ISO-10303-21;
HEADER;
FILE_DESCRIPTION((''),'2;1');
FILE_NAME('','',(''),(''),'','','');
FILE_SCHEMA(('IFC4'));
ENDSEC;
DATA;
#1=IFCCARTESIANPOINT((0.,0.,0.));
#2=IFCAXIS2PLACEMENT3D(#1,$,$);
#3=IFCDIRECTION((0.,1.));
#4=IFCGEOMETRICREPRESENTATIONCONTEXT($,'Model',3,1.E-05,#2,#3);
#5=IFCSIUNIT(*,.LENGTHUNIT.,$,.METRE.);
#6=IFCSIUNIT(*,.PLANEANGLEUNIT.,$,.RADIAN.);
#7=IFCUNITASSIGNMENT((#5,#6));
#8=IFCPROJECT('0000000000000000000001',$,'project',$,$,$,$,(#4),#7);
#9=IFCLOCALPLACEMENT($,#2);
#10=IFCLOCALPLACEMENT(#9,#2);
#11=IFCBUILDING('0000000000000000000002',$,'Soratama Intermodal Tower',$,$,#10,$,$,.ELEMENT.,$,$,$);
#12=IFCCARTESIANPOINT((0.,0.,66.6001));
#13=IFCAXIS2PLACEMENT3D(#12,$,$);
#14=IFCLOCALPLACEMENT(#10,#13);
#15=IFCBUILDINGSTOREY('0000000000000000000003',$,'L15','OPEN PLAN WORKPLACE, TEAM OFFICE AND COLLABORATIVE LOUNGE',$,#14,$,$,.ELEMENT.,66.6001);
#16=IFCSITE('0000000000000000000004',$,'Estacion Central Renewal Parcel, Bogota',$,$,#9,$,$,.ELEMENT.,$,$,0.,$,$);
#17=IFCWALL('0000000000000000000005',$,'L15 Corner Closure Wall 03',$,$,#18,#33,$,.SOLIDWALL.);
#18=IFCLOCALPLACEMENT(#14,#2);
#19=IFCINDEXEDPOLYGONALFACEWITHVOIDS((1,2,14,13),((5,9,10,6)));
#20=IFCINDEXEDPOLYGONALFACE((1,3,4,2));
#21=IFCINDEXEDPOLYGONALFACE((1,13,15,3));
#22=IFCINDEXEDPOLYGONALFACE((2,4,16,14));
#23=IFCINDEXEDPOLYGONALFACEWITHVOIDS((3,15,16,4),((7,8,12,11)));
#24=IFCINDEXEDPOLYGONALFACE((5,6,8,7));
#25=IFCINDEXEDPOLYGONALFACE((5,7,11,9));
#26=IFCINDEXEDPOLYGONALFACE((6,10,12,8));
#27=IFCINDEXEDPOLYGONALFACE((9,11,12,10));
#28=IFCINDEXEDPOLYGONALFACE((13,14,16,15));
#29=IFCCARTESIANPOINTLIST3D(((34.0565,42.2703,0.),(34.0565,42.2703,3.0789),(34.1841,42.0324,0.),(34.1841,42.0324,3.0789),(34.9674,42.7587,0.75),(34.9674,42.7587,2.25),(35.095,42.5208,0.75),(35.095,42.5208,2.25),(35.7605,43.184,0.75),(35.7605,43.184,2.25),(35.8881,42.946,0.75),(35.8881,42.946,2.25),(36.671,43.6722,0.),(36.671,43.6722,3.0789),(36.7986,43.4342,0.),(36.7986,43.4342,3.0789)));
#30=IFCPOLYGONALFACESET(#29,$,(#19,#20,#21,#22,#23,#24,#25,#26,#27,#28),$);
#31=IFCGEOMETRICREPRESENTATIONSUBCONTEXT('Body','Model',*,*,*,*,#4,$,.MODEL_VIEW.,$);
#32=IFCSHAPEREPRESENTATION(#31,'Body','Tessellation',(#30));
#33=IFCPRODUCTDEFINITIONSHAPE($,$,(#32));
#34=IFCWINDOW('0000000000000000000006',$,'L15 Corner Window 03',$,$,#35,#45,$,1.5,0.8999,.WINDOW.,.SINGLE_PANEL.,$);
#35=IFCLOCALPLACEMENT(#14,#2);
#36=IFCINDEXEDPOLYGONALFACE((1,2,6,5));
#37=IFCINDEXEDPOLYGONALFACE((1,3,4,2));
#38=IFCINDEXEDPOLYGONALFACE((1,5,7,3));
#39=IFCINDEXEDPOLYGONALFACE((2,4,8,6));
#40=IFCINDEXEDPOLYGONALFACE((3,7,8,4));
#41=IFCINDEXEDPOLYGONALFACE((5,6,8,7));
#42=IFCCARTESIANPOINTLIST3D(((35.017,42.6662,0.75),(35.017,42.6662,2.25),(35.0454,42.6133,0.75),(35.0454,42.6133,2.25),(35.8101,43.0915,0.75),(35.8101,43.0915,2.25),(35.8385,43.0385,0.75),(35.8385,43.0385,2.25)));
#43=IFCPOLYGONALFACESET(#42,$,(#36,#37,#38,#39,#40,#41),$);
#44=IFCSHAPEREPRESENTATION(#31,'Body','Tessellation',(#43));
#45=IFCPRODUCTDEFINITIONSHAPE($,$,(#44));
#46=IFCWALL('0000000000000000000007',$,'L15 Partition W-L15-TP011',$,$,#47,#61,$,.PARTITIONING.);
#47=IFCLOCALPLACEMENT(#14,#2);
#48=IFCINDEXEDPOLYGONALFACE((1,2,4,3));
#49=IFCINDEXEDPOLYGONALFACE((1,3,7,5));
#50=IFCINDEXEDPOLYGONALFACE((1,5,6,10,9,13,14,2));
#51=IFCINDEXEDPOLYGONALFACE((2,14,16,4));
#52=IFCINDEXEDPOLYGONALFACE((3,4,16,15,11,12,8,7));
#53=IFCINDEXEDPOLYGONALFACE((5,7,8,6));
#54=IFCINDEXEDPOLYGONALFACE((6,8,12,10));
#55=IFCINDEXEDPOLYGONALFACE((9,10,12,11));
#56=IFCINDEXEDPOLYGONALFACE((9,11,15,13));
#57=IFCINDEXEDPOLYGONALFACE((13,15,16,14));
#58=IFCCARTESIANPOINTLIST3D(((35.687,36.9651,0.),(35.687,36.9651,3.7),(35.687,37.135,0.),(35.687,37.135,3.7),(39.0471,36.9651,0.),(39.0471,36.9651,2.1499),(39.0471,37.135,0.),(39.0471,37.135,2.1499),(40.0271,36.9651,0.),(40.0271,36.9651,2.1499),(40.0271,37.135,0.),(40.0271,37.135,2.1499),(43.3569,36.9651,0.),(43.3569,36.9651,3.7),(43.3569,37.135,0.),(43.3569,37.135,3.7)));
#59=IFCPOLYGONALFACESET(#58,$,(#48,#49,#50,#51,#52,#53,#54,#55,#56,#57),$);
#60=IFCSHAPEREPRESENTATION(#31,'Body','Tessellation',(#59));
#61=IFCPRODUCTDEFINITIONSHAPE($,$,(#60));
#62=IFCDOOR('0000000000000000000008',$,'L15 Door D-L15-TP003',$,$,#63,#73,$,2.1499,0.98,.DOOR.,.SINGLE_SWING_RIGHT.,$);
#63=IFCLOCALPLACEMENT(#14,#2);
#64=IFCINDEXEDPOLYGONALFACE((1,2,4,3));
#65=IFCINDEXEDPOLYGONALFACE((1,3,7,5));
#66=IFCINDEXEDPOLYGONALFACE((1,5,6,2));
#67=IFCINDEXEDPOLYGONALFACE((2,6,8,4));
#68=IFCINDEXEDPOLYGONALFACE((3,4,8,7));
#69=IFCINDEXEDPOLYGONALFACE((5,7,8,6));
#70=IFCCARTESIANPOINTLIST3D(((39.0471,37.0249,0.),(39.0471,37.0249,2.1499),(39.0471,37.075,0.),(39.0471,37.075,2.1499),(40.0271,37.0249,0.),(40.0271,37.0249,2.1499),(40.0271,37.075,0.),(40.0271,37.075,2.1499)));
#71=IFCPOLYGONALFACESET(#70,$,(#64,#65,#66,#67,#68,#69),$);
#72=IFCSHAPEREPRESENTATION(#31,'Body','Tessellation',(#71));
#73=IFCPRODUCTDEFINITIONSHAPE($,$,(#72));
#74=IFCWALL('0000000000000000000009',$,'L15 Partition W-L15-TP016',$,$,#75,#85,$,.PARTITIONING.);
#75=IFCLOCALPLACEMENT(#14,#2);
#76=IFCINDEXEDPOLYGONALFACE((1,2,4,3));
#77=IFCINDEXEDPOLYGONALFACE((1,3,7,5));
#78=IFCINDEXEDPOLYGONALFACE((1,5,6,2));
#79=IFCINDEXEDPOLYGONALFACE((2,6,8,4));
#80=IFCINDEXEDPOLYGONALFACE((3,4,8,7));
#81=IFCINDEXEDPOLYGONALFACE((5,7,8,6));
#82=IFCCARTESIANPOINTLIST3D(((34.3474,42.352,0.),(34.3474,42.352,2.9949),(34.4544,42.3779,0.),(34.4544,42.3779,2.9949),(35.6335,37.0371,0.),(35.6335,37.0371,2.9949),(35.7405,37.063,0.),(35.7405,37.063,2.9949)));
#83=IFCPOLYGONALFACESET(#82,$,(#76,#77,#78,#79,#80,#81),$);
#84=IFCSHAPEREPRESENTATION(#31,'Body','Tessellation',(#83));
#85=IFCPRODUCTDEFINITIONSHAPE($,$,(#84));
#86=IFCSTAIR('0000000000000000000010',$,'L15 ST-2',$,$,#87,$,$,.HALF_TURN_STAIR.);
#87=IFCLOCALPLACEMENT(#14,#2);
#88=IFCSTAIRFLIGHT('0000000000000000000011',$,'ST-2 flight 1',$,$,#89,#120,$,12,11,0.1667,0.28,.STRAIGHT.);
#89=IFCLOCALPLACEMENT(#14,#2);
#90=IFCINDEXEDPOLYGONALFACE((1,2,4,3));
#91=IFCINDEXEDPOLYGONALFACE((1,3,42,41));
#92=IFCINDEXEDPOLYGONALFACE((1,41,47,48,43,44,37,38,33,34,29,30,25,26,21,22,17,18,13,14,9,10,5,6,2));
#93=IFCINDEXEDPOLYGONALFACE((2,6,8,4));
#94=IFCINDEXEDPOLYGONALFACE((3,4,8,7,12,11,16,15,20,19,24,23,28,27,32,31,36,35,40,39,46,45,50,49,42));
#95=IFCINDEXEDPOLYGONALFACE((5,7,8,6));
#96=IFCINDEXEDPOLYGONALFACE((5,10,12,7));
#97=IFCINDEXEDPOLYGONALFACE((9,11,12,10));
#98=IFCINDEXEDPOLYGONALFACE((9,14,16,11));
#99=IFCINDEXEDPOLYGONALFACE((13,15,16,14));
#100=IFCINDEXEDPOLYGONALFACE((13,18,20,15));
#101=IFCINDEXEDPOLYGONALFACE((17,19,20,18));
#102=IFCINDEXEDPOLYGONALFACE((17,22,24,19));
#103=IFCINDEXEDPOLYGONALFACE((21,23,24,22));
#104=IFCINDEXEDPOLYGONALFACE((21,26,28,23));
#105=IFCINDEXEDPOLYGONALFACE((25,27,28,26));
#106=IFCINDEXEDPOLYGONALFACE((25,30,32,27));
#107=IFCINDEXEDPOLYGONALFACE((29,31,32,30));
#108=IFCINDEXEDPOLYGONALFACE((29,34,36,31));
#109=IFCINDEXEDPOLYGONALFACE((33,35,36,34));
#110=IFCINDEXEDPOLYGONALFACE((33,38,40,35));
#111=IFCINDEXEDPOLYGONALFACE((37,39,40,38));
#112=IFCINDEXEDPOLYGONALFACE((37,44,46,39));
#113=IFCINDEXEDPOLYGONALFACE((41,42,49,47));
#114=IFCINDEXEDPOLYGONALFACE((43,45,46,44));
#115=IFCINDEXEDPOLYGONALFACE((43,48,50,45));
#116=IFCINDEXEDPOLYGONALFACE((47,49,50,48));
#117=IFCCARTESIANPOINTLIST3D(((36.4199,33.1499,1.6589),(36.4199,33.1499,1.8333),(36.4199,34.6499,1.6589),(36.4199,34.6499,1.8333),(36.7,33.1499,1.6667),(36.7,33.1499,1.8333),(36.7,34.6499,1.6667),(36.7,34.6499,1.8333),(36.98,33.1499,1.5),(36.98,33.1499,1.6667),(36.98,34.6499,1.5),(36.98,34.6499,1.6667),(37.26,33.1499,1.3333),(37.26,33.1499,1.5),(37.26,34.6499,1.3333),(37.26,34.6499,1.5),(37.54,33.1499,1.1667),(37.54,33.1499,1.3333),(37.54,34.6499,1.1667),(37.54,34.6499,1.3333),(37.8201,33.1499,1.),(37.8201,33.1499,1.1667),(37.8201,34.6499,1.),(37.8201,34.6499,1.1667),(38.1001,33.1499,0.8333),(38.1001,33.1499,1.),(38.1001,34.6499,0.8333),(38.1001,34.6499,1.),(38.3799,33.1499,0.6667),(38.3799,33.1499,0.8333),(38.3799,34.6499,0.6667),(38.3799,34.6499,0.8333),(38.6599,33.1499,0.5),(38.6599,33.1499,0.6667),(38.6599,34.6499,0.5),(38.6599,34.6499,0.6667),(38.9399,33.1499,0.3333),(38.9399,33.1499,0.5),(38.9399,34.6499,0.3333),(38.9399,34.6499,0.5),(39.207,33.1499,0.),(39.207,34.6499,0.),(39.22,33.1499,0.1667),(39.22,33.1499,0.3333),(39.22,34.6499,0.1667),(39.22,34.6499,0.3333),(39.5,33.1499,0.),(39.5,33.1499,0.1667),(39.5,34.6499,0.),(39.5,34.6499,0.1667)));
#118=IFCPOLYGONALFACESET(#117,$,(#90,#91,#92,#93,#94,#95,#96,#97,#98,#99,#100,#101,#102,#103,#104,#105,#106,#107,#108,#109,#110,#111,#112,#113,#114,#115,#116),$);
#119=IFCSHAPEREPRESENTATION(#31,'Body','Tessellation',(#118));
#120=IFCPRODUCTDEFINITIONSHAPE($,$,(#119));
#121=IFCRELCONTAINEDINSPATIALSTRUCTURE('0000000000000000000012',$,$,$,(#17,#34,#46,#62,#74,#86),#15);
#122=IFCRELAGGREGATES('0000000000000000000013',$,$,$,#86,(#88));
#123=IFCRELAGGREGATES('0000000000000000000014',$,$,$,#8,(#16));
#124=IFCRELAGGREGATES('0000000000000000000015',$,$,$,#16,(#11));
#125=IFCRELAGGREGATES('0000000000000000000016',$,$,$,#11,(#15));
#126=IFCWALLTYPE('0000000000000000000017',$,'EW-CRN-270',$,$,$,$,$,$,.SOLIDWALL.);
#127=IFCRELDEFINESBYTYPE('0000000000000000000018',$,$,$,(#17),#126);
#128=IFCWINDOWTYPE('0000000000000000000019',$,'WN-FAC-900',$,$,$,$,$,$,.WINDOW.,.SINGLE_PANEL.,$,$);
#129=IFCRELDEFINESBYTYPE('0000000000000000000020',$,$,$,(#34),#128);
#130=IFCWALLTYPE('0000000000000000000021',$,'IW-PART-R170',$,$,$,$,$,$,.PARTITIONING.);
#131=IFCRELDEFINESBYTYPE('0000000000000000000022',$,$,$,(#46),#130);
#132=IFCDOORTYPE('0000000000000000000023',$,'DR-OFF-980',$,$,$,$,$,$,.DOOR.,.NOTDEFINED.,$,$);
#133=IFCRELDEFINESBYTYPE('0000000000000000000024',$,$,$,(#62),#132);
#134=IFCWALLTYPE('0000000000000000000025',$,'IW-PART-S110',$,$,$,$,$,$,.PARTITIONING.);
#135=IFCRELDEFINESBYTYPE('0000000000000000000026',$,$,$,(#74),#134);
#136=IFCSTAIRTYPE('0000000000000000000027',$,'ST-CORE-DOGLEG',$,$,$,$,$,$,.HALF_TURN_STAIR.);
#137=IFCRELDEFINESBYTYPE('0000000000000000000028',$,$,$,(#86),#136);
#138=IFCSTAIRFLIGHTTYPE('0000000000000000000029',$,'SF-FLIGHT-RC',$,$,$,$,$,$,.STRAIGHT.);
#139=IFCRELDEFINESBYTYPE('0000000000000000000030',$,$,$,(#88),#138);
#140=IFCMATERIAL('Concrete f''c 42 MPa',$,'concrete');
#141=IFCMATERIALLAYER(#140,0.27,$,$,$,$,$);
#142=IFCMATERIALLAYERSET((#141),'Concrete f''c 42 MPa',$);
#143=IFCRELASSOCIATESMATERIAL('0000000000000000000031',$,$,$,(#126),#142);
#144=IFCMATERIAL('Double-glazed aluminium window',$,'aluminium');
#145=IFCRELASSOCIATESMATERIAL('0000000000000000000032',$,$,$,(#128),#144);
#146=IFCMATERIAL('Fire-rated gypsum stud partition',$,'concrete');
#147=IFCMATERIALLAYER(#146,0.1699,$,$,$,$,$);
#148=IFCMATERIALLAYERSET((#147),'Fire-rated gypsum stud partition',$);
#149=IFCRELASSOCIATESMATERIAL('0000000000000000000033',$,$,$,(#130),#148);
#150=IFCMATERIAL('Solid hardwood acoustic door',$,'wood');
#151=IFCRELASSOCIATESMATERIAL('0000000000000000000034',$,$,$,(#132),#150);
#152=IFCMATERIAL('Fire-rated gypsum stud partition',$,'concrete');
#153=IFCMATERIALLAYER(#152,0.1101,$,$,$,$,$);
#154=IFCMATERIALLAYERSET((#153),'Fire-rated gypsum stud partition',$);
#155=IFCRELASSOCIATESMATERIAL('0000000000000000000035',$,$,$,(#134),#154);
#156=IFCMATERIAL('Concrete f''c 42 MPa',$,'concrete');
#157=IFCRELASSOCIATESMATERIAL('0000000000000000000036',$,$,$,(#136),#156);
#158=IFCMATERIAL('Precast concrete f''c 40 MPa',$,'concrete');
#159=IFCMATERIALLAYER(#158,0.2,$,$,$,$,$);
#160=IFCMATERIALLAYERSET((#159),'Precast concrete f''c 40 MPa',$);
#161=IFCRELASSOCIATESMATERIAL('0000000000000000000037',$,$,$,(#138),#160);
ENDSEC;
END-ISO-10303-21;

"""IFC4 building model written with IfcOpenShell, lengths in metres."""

from ifc_helpers import new_model, si_unit, direction, frame, frame_2d, origin, place, context, subcontext, project, spatial, polyline, rectangle, outline, extrude, material, layer, layer_set, type_object, element, fill, aggregate, save


model = new_model("IFC4")

# Units and contexts
model_context = context("Model", 3, precision=1e-05, world=origin(), true_north=direction((0.0, 1.0)))
body_context = subcontext(model_context, "Body", "Model", "MODEL_VIEW")
ifc_project = project(units=[si_unit("LENGTHUNIT", "METRE"), si_unit("PLANEANGLEUNIT", "RADIAN")], contexts=[model_context])

# Site, building, storey
site_placement = place(None, origin())
site = spatial("IfcSite", under=ifc_project, at=site_placement, Name="Estacion Central Renewal Parcel, Bogota", CompositionType="ELEMENT", RefElevation=0.0)
building_placement = place(site_placement, origin())
building = spatial("IfcBuilding", under=site, at=building_placement, Name="Soratama Intermodal Tower", CompositionType="ELEMENT")
storey_placement = place(building_placement, frame((0.0, 0.0, 66.6001)))
storey = spatial("IfcBuildingStorey", under=building, at=storey_placement, Name="L15", Description="OPEN PLAN WORKPLACE, TEAM OFFICE AND COLLABORATIVE LOUNGE", CompositionType="ELEMENT", Elevation=66.6001)

# Wall, opening, window
ifc_material_1 = material(Name="Concrete f'c 42 MPa", Category="concrete")
ifc_layer_1 = layer(ifc_material_1, 0.27)
ifc_layer_set_1 = layer_set([ifc_layer_1], Name="Concrete f'c 42 MPa")
wall_type_1 = type_object("IfcWallType", Name="EW-CRN-270", PredefinedType="SOLIDWALL", material=ifc_layer_set_1)
wall_1_placement = place(storey_placement, frame((36.7349, 43.5532, 0.0), z_axis=(0.0, 0.0, 1.0), x_axis=(-0.881307, -0.472543, 0.0)))
wall_1 = element("IfcWall", 1, at=wall_1_placement, inside=storey, type_object=wall_type_1, Name="L15 Corner Closure Wall 03", PredefinedType="SOLIDWALL", context=body_context, shape_type="SweptSolid", body=[
    extrude(rectangle(XDim=2.9666, YDim=0.27, at=frame_2d((1.4834, 0.0))), origin(), (0.0, 0.0, 1.0), 3.0789),
])
opening_1_placement = place(wall_1_placement, frame((1.0332, 0.0, 0.75)))
opening_1 = element("IfcOpeningElement", 2, at=opening_1_placement, cuts=wall_1, PredefinedType="OPENING", context=body_context, shape_type="SweptSolid", body=[
    extrude(rectangle(XDim=0.8999, YDim=1.5, at=frame_2d((0.45, 0.75))), frame((0.0, 0.145, 0.0), z_axis=(0.0, -1.0, 0.0), x_axis=(1.0, 0.0, 0.0)), (0.0, 0.0, 1.0), 0.29),
])
ifc_material_2 = material(Name="Double-glazed aluminium window", Category="aluminium")
window_type = type_object("IfcWindowType", Name="WN-FAC-900", PartitioningType="SINGLE_PANEL", PredefinedType="WINDOW", material=ifc_material_2)
window_placement = place(opening_1_placement, origin())
window = element("IfcWindow", 3, at=window_placement, inside=storey, type_object=window_type, Name="L15 Corner Window 03", OverallHeight=1.5, OverallWidth=0.8999, PartitioningType="SINGLE_PANEL", PredefinedType="WINDOW", context=body_context, shape_type="SweptSolid", body=[
    extrude(rectangle(XDim=0.8999, YDim=1.5, at=frame_2d((0.45, 0.75))), frame((0.0, 0.03, 0.0), z_axis=(0.0, -1.0, 0.0), x_axis=(1.0, 0.0, 0.0)), (0.0, 0.0, 1.0), 0.0601),
])
fill(opening_1, window)

# Wall, opening, door
ifc_material_3 = material(Name="Fire-rated gypsum stud partition", Category="concrete")
ifc_layer_2 = layer(ifc_material_3, 0.1699)
ifc_layer_set_2 = layer_set([ifc_layer_2], Name="Fire-rated gypsum stud partition")
wall_type_2 = type_object("IfcWallType", Name="IW-PART-R170", PredefinedType="PARTITIONING", material=ifc_layer_set_2)
wall_2_placement = place(storey_placement, frame((35.687, 37.05, 0.0), z_axis=(0.0, 0.0, 1.0), x_axis=(1.0, 0.0, 0.0)))
wall_2 = element("IfcWall", 4, at=wall_2_placement, inside=storey, type_object=wall_type_2, Name="L15 Partition W-L15-TP011", PredefinedType="PARTITIONING", context=body_context, shape_type="SweptSolid", body=[
    extrude(rectangle(XDim=7.6699, YDim=0.1699, at=frame_2d((3.835, 0.0))), origin(), (0.0, 0.0, 1.0), 3.7),
])
opening_2_placement = place(wall_2_placement, frame((3.3601, 0.0, 0.0)))
opening_2 = element("IfcOpeningElement", 5, at=opening_2_placement, cuts=wall_2, PredefinedType="OPENING", context=body_context, shape_type="SweptSolid", body=[
    extrude(rectangle(XDim=0.98, YDim=2.1499, at=frame_2d((0.49, 1.075))), frame((0.0, 0.095, 0.0), z_axis=(0.0, -1.0, 0.0), x_axis=(1.0, 0.0, 0.0)), (0.0, 0.0, 1.0), 0.1899),
])
ifc_material_4 = material(Name="Solid hardwood acoustic door", Category="wood")
door_type = type_object("IfcDoorType", Name="DR-OFF-980", OperationType="NOTDEFINED", PredefinedType="DOOR", material=ifc_material_4)
door_placement = place(opening_2_placement, origin())
door = element("IfcDoor", 6, at=door_placement, inside=storey, type_object=door_type, Name="L15 Door D-L15-TP003", OperationType="SINGLE_SWING_RIGHT", OverallHeight=2.1499, OverallWidth=0.98, PredefinedType="DOOR", context=body_context, shape_type="SweptSolid", body=[
    extrude(rectangle(XDim=0.98, YDim=2.1499, at=frame_2d((0.49, 1.075))), frame((0.0, 0.0249, 0.0), z_axis=(0.0, -1.0, 0.0), x_axis=(1.0, 0.0, 0.0)), (0.0, 0.0, 1.0), 0.05),
])
fill(opening_2, door)

# Wall
ifc_material_5 = material(Name="Fire-rated gypsum stud partition", Category="concrete")
ifc_layer_3 = layer(ifc_material_5, 0.1101)
ifc_layer_set_3 = layer_set([ifc_layer_3], Name="Fire-rated gypsum stud partition")
wall_type_3 = type_object("IfcWallType", Name="IW-PART-S110", PredefinedType="PARTITIONING", material=ifc_layer_set_3)
wall_3_placement = place(storey_placement, frame((35.687, 37.05, 0.0), z_axis=(0.0, 0.0, 1.0), x_axis=(-0.235196, 0.971948, 0.0)))
element("IfcWall", 7, at=wall_3_placement, inside=storey, type_object=wall_type_3, Name="L15 Partition W-L15-TP016", PredefinedType="PARTITIONING", context=body_context, shape_type="SweptSolid", body=[
    extrude(rectangle(XDim=5.4683, YDim=0.1101, at=frame_2d((2.7341, 0.0))), origin(), (0.0, 0.0, 1.0), 2.9949),
])

# Stair, stair flight
ifc_material_6 = material(Name="Concrete f'c 42 MPa", Category="concrete")
stair_type = type_object("IfcStairType", Name="ST-CORE-DOGLEG", PredefinedType="HALF_TURN_STAIR", material=ifc_material_6)
stair_placement = place(storey_placement, origin())
stair = element("IfcStair", 8, at=stair_placement, inside=storey, type_object=stair_type, Name="L15 ST-2", PredefinedType="HALF_TURN_STAIR")
ifc_material_7 = material(Name="Precast concrete f'c 40 MPa", Category="concrete")
ifc_layer_4 = layer(ifc_material_7, 0.2)
ifc_layer_set_4 = layer_set([ifc_layer_4], Name="Precast concrete f'c 40 MPa")
stair_flight_type = type_object("IfcStairFlightType", Name="SF-FLIGHT-RC", PredefinedType="STRAIGHT", material=ifc_layer_set_4)
stair_flight_placement = place(storey_placement, frame((39.5, 33.8999, 0.0), z_axis=(0.0, 0.0, 1.0), x_axis=(-1.0, 0.0, 0.0)))
stair_flight = element("IfcStairFlight", 9, at=stair_flight_placement, type_object=stair_flight_type, Name="ST-2 flight 1", NumberOfRisers=12, NumberOfTreads=11, PredefinedType="STRAIGHT", RiserHeight=0.1667, TreadLength=0.28, context=body_context, shape_type="SweptSolid", body=[
    extrude(outline(polyline([(0.0, 0.0), (0.0, 0.1667), (0.28, 0.1667), (0.28, 0.3333), (0.5601, 0.3333), (0.5601, 0.5), (0.8401, 0.5), (0.8401, 0.6667), (1.1201, 0.6667), (1.1201, 0.8333), (1.3999, 0.8333), (1.3999, 1.0), (1.6799, 1.0), (1.6799, 1.1667), (1.96, 1.1667), (1.96, 1.3333), (2.24, 1.3333), (2.24, 1.5), (2.52, 1.5), (2.52, 1.6667), (2.8, 1.6667), (2.8, 1.8333), (3.0801, 1.8333), (3.0801, 2.0), (3.0801, 1.6589), (0.293, 0.0), (0.0, 0.0)])), frame((0.0, 0.75, 0.0), z_axis=(0.0, -1.0, 0.0), x_axis=(1.0, 0.0, 0.0)), (0.0, 0.0, 1.0), 1.5),
])
aggregate(stair, [stair_flight])

save(model, "model.ifc")
